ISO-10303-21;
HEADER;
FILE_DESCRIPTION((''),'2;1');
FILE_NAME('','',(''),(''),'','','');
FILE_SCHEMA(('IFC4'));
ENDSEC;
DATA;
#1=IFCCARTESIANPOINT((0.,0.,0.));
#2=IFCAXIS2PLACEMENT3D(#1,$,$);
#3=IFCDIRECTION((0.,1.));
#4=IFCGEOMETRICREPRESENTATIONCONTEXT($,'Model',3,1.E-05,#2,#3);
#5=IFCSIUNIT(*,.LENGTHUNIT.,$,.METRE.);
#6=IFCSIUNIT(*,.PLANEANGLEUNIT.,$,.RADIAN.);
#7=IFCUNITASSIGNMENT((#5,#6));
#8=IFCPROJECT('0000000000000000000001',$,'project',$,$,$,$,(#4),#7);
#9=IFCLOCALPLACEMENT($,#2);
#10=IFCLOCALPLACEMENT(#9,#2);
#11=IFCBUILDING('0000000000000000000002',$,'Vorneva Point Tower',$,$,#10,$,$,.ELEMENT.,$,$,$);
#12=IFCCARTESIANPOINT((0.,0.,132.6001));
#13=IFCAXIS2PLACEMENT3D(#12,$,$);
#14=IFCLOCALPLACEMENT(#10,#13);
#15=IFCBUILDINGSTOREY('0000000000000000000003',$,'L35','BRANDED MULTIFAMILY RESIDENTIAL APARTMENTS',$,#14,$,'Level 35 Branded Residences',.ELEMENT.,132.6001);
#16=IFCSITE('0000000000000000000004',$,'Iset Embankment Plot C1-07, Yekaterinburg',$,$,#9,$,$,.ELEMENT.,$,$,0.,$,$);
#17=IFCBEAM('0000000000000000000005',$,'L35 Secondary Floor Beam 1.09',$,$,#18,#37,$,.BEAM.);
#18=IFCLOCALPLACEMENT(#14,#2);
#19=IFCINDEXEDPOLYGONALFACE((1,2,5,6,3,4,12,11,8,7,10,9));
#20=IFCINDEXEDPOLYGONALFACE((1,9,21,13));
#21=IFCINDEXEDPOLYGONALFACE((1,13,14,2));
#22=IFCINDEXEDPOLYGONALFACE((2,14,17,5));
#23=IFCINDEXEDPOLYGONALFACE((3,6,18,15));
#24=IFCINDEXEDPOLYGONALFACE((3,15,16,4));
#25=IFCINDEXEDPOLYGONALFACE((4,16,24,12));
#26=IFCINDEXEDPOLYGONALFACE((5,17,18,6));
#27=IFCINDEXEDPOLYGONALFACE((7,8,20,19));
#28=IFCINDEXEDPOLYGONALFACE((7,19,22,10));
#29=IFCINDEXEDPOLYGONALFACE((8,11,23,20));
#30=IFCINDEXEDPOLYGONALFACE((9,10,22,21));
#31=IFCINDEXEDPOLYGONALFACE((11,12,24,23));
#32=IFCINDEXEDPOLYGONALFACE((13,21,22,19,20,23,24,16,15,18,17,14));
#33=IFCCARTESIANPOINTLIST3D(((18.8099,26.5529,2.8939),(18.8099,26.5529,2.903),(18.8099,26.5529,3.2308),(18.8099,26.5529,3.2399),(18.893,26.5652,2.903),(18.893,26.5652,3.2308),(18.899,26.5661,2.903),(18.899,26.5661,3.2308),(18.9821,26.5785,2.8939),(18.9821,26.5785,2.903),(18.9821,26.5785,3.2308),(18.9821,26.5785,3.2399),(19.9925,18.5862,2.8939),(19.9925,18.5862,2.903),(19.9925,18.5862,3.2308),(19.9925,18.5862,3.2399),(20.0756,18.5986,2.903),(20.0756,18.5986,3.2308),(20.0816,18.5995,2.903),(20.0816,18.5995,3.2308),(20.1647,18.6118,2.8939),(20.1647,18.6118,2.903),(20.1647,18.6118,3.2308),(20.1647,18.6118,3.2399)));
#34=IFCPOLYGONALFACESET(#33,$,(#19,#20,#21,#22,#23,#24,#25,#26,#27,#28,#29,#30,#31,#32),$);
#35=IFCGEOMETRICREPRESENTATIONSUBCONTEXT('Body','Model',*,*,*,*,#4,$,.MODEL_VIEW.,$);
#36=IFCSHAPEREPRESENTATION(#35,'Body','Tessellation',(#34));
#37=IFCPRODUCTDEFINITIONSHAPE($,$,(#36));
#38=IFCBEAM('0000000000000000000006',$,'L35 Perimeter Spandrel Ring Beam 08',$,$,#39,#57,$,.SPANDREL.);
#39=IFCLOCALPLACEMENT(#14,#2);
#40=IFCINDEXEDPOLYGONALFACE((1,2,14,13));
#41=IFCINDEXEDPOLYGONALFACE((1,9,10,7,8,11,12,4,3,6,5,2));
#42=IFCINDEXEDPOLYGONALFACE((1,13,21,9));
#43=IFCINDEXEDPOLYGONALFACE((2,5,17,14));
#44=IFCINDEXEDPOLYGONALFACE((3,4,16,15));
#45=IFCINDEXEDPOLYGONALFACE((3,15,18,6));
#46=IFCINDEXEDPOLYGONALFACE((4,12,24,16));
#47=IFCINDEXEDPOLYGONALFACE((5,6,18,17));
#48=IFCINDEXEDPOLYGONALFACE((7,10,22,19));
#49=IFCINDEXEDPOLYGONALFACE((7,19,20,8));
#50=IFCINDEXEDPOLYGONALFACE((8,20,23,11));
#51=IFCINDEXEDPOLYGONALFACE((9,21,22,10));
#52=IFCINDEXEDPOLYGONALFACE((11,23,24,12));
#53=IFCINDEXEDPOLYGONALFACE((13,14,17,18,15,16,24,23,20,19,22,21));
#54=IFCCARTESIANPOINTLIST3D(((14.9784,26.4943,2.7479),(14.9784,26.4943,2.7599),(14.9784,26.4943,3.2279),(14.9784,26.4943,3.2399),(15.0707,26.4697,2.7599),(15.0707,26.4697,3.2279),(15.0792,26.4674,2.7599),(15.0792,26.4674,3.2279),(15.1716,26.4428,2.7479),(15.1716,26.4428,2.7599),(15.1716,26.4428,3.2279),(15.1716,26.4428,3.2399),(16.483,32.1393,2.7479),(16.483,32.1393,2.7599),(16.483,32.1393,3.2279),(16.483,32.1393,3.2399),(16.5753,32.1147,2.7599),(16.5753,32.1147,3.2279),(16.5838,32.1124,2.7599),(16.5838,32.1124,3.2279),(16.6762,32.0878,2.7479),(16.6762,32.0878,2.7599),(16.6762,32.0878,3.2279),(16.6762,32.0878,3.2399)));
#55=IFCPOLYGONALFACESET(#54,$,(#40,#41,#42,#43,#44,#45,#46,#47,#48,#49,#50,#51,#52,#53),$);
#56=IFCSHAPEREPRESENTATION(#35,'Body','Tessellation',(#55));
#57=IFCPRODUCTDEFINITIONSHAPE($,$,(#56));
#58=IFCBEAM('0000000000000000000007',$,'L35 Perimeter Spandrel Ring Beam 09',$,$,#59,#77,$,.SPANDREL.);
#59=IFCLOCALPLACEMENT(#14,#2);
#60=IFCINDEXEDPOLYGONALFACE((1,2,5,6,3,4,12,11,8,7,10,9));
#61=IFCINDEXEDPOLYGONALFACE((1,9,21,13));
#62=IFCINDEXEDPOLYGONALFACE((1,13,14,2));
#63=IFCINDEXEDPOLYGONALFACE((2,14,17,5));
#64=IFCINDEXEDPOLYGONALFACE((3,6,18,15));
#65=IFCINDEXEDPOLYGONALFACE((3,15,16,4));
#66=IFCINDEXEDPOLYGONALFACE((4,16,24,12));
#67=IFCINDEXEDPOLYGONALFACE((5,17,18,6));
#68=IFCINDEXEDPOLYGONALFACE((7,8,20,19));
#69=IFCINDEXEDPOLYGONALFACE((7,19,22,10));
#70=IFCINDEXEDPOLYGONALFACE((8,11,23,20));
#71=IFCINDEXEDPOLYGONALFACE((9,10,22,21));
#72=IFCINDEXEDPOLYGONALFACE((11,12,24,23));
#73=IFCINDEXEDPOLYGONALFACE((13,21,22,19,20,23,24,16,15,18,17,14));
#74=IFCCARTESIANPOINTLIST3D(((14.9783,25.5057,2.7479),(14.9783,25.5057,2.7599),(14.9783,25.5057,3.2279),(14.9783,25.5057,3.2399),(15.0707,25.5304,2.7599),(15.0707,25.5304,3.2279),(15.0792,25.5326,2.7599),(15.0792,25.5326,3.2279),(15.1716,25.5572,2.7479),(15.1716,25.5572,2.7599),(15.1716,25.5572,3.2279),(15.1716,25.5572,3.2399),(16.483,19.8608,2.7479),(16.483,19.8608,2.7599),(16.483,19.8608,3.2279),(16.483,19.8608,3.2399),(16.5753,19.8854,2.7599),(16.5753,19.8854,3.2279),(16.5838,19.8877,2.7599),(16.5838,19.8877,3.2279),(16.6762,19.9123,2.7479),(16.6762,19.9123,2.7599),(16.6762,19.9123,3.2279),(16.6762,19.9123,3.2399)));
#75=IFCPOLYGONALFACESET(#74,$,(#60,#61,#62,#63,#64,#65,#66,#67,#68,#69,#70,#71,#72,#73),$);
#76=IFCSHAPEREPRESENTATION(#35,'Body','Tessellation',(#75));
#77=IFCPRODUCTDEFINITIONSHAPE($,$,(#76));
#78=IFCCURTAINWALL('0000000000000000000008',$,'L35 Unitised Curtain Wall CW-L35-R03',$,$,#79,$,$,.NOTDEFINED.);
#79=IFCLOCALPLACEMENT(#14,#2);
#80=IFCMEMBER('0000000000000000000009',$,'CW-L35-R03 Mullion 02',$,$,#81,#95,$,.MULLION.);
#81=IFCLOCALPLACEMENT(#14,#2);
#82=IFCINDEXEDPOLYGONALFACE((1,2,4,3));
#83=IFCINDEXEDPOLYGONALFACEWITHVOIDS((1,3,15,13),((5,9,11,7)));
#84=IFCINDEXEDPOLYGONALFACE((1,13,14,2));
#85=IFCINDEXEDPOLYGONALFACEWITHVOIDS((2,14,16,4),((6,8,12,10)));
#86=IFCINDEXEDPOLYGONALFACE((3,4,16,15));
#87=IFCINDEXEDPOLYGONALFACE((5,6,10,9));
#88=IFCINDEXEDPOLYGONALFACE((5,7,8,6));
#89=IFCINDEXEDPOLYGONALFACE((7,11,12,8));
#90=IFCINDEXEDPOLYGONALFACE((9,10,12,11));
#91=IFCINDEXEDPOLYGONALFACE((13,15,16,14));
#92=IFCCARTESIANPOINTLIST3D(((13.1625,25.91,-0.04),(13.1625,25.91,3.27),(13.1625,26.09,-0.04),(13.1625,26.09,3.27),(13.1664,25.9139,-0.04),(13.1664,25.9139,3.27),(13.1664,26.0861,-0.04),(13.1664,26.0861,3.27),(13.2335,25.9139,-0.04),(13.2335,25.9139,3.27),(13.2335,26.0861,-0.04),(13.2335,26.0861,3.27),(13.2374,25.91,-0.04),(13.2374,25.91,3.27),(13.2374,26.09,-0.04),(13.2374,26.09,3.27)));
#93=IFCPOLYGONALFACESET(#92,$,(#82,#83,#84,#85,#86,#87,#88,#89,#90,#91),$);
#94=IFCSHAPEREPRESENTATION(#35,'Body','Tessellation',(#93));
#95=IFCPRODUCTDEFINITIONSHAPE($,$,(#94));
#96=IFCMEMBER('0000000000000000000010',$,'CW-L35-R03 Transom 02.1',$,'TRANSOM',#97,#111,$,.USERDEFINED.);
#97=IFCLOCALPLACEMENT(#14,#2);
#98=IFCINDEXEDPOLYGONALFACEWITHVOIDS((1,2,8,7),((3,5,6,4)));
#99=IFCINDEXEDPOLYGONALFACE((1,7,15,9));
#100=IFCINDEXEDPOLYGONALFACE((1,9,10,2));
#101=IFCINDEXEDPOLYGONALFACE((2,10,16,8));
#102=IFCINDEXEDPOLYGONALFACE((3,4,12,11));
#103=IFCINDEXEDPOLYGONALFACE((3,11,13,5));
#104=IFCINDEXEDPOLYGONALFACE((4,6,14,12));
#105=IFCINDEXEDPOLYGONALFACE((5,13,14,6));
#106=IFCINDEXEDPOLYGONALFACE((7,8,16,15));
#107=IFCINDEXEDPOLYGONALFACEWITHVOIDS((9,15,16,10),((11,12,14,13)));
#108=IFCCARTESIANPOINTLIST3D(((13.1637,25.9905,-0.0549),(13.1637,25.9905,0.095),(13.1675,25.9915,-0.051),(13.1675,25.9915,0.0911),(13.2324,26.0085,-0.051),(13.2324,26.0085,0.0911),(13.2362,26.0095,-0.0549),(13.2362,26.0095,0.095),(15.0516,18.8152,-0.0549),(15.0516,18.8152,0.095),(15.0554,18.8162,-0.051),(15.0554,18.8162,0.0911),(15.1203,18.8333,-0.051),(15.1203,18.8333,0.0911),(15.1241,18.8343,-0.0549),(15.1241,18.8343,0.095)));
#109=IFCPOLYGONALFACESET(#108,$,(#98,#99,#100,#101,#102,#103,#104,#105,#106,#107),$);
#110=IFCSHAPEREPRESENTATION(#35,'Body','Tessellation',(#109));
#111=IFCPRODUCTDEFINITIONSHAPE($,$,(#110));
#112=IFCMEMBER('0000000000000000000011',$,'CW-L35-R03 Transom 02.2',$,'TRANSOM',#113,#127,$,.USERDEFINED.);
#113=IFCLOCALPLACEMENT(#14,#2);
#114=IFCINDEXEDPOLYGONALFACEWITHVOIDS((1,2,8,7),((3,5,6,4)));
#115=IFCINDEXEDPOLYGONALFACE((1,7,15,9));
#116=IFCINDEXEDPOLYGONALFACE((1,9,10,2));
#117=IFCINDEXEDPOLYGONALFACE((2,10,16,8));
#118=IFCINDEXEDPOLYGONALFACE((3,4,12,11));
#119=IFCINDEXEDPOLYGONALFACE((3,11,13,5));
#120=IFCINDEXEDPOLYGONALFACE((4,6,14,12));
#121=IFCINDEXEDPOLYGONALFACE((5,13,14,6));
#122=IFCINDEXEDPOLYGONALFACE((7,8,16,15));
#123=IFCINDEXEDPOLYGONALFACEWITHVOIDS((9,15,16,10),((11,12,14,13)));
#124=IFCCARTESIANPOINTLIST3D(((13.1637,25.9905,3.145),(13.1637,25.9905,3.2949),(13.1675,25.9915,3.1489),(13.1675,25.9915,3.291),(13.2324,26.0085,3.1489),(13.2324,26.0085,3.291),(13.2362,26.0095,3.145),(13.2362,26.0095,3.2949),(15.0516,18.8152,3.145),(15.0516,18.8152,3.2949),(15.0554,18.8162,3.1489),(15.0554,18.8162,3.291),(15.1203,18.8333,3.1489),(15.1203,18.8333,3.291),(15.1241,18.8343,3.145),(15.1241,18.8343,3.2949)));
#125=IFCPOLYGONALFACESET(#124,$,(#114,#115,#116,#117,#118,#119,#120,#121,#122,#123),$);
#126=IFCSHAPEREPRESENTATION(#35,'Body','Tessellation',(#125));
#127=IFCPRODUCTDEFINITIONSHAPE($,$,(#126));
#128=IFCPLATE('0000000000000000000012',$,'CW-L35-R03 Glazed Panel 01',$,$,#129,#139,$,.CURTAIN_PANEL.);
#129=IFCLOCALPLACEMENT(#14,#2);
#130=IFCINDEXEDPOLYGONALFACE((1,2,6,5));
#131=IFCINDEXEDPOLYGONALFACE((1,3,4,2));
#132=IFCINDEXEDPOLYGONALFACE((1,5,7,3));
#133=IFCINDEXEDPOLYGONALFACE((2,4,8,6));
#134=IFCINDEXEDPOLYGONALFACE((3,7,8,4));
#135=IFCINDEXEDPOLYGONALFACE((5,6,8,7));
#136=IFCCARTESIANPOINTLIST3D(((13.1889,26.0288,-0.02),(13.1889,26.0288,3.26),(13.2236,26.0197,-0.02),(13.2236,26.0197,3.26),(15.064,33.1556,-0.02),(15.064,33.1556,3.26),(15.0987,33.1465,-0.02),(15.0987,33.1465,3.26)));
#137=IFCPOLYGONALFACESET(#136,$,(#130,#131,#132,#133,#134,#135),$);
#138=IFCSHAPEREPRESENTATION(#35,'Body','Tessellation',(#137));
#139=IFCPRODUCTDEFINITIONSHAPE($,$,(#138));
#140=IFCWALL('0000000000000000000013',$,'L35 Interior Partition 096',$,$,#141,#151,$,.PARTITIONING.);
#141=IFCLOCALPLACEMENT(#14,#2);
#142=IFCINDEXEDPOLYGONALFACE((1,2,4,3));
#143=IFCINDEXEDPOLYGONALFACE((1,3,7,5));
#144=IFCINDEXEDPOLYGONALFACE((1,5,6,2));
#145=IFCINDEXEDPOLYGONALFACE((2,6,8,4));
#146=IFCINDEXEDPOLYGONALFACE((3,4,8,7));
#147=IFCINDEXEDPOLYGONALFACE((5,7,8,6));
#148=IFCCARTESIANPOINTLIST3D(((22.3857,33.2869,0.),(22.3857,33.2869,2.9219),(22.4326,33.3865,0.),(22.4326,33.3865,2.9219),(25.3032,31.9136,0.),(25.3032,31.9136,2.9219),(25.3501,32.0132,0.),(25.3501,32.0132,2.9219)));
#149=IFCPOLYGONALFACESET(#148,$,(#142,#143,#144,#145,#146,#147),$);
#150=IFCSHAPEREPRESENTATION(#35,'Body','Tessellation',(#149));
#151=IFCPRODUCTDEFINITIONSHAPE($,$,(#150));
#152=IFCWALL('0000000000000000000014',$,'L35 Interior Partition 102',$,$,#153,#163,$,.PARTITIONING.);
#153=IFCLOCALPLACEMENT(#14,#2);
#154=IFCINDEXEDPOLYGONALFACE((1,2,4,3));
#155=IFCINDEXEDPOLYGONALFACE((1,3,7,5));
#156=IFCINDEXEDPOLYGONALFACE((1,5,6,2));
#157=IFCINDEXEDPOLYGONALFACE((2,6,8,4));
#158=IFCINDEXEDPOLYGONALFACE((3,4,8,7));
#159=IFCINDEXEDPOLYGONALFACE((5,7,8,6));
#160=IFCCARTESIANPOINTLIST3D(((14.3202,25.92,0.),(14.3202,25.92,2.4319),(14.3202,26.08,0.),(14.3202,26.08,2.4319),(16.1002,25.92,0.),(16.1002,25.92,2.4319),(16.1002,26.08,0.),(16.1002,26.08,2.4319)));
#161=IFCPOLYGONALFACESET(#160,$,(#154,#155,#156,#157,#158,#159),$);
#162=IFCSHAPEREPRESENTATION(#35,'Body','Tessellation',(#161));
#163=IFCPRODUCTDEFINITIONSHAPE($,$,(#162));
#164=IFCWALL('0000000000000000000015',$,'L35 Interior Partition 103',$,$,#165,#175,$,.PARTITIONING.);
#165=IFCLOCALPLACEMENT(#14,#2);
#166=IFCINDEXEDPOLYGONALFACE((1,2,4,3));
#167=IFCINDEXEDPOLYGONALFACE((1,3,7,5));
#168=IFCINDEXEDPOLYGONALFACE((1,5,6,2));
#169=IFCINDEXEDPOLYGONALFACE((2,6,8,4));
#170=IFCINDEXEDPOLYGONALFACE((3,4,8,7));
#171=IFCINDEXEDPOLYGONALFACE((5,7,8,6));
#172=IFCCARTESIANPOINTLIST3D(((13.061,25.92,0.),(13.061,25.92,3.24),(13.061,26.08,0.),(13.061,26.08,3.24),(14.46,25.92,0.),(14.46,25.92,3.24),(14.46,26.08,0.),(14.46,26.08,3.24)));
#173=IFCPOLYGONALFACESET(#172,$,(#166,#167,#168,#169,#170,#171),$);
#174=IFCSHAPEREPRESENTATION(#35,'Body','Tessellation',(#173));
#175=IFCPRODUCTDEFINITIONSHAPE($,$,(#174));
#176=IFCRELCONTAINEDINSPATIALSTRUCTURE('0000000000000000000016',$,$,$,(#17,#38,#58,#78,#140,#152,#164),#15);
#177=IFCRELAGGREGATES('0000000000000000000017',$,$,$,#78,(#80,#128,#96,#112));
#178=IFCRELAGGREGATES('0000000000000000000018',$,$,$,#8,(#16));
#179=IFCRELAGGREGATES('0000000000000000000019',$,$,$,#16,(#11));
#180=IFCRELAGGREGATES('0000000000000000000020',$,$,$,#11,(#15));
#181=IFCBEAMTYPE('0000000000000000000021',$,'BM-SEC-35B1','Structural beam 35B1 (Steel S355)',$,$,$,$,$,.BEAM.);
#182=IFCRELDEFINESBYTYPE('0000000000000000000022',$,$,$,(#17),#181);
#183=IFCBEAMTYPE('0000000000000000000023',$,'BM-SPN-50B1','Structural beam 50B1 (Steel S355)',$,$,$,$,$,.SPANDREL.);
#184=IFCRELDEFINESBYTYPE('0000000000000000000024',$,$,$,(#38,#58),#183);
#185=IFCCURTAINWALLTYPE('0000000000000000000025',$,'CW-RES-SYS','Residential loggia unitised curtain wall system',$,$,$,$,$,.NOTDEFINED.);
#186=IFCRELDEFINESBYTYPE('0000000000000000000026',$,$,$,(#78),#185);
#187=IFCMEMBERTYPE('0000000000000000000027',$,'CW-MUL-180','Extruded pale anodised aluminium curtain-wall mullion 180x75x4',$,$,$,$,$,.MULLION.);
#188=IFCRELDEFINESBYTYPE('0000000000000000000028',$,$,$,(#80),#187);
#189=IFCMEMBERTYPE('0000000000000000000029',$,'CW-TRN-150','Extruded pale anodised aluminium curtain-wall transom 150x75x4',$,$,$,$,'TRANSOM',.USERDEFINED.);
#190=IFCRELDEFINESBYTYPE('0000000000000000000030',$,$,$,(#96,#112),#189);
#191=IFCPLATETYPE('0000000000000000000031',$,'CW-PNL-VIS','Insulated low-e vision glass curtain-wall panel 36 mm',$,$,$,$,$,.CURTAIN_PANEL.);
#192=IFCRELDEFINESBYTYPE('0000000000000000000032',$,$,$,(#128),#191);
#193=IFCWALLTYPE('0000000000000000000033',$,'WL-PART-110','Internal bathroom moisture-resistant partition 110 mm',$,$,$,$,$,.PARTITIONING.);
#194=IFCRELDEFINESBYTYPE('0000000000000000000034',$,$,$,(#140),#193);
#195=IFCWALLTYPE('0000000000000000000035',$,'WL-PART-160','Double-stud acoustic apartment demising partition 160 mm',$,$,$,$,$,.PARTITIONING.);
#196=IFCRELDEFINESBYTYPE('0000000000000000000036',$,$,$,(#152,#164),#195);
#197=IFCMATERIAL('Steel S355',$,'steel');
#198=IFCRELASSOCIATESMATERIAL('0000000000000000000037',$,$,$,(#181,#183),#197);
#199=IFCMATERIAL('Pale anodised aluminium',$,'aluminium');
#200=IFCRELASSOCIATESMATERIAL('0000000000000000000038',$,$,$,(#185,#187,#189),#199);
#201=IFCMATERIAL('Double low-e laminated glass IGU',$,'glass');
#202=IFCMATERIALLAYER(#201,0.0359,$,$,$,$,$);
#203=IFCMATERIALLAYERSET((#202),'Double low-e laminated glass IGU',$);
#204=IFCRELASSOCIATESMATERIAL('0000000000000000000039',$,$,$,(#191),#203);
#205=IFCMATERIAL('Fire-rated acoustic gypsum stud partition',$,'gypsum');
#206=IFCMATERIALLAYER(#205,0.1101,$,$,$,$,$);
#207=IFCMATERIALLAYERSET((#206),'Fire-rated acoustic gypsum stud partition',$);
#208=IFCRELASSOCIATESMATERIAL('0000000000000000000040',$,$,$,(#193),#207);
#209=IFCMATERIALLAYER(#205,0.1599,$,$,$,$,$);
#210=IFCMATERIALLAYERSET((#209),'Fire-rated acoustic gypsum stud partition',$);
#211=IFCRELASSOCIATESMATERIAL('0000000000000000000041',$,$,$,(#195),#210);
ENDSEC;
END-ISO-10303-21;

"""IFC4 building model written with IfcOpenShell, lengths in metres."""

from ifc_helpers import new_model, si_unit, direction, frame, frame_2d, origin, origin_2d, place, context, subcontext, project, spatial, rectangle, hollow_rectangle, i_section, extrude, material, layer, layer_set, material_profile, profile_set, type_object, element, aggregate, save


model = new_model("IFC4")

# Units and contexts
model_context = context("Model", 3, precision=1e-05, world=origin(), true_north=direction((0.0, 1.0)))
body_context = subcontext(model_context, "Body", "Model", "MODEL_VIEW")
ifc_project = project(units=[si_unit("LENGTHUNIT", "METRE"), si_unit("PLANEANGLEUNIT", "RADIAN")], contexts=[model_context])

# Site, building, storey
site_placement = place(None, origin())
site = spatial("IfcSite", under=ifc_project, at=site_placement, Name="Iset Embankment Plot C1-07, Yekaterinburg", CompositionType="ELEMENT", RefElevation=0.0)
building_placement = place(site_placement, origin())
building = spatial("IfcBuilding", under=site, at=building_placement, Name="Vorneva Point Tower", CompositionType="ELEMENT")
storey_placement = place(building_placement, frame((0.0, 0.0, 132.6001)))
storey = spatial("IfcBuildingStorey", under=building, at=storey_placement, Name="L35", Description="BRANDED MULTIFAMILY RESIDENTIAL APARTMENTS", LongName="Level 35 Branded Residences", CompositionType="ELEMENT", Elevation=132.6001)

# Beams
ifc_material_1 = material(Name="Steel S355", Category="steel")
ifc_material_profile_1 = material_profile(ifc_material_1, i_section(OverallWidth=0.1741, OverallDepth=0.3459, WebThickness=0.0061, FlangeThickness=0.009, at=origin_2d()), Name="35B1")
ifc_profile_set_1 = profile_set([ifc_material_profile_1], Name="Steel S355")
beam_type_1 = type_object("IfcBeamType", Name="BM-SEC-35B1", Description="Structural beam 35B1 (Steel S355)", PredefinedType="BEAM", material=ifc_profile_set_1)
beam_1_placement = place(storey_placement, frame((18.896, 26.5657, 3.0669), z_axis=(0.146839, -0.98916, 0.0), x_axis=(0.98916, 0.146839, 0.0)))
element("IfcBeam", 1, at=beam_1_placement, inside=storey, type_object=beam_type_1, Name="L35 Secondary Floor Beam 1.09", PredefinedType="BEAM", context=body_context, shape_type="SweptSolid", body=[
    extrude(i_section(OverallWidth=0.1741, OverallDepth=0.3459, WebThickness=0.0061, FlangeThickness=0.009, at=origin_2d()), origin(), (0.0, 0.0, 1.0), 8.054),
])
ifc_material_profile_2 = material_profile(ifc_material_1, i_section(OverallWidth=0.2, OverallDepth=0.4919, WebThickness=0.0088, FlangeThickness=0.012, at=origin_2d()), Name="50B1")
ifc_profile_set_2 = profile_set([ifc_material_profile_2], Name="Steel S355")
beam_type_2 = type_object("IfcBeamType", Name="BM-SPN-50B1", Description="Structural beam 50B1 (Steel S355)", PredefinedType="SPANDREL", material=ifc_profile_set_2)
for number, where, z_axis, x_axis, name in (
    (2, (16.5796, 32.1135, 2.9939), (-0.257551, -0.966265, 0.0), (0.966265, -0.257551, 0.0), "L35 Perimeter Spandrel Ring Beam 08"),
    (3, (15.075, 25.5315, 2.9939), (0.257551, -0.966265, 0.0), (0.966265, 0.257551, 0.0), "L35 Perimeter Spandrel Ring Beam 09"),
):
    element("IfcBeam", number, at=place(storey_placement, frame(where, z_axis=z_axis, x_axis=x_axis)), inside=storey, type_object=beam_type_2, Name=name, PredefinedType="SPANDREL", context=body_context, shape_type="SweptSolid", body=[
        extrude(i_section(OverallWidth=0.2, OverallDepth=0.4919, WebThickness=0.0088, FlangeThickness=0.012, at=origin_2d()), origin(), (0.0, 0.0, 1.0), 5.842),
    ])

# Curtain wall, members, plate
ifc_material_2 = material(Name="Pale anodised aluminium", Category="aluminium")
curtain_wall_type = type_object("IfcCurtainWallType", Name="CW-RES-SYS", Description="Residential loggia unitised curtain wall system", PredefinedType="NOTDEFINED", material=ifc_material_2)
curtain_wall_placement = place(storey_placement, origin())
curtain_wall = element("IfcCurtainWall", 4, at=curtain_wall_placement, inside=storey, type_object=curtain_wall_type, Name="L35 Unitised Curtain Wall CW-L35-R03", PredefinedType="NOTDEFINED")
ifc_material_profile_3 = material_profile(ifc_material_2, hollow_rectangle(XDim=0.075, YDim=0.1799, WallThickness=0.0039, at=origin_2d()), Name="AL-MUL 180x75x4")
ifc_profile_set_3 = profile_set([ifc_material_profile_3], Name="Pale anodised aluminium")
member_type_1 = type_object("IfcMemberType", Name="CW-MUL-180", Description="Extruded pale anodised aluminium curtain-wall mullion 180x75x4", PredefinedType="MULLION", material=ifc_profile_set_3)
member_1_placement = place(storey_placement, frame((13.2, 26.0, -0.04), z_axis=(0.0, 0.0, 1.0), x_axis=(1.0, 0.0, 0.0)))
member_1 = element("IfcMember", 5, at=member_1_placement, type_object=member_type_1, Name="CW-L35-R03 Mullion 02", PredefinedType="MULLION", context=body_context, shape_type="SweptSolid", body=[
    extrude(hollow_rectangle(XDim=0.075, YDim=0.1799, WallThickness=0.0039, at=origin_2d()), origin(), (0.0, 0.0, 1.0), 3.3101),
])
ifc_material_profile_4 = material_profile(ifc_material_2, hollow_rectangle(XDim=0.075, YDim=0.1499, WallThickness=0.0039, at=origin_2d()), Name="AL-TRN 150x75x4")
ifc_profile_set_4 = profile_set([ifc_material_profile_4], Name="Pale anodised aluminium")
member_type_2 = type_object("IfcMemberType", Name="CW-TRN-150", Description="Extruded pale anodised aluminium curtain-wall transom 150x75x4", ElementType="TRANSOM", PredefinedType="USERDEFINED", material=ifc_profile_set_4)
member_2_placement = place(storey_placement, frame((13.2, 26.0, 0.02), z_axis=(0.254456, -0.967084, 0.0), x_axis=(0.967084, 0.254456, 0.0)))
member_2 = element("IfcMember", 6, at=member_2_placement, type_object=member_type_2, Name="CW-L35-R03 Transom 02.1", ObjectType="TRANSOM", PredefinedType="USERDEFINED", context=body_context, shape_type="SweptSolid", body=[
    extrude(hollow_rectangle(XDim=0.075, YDim=0.1499, WallThickness=0.0039, at=origin_2d()), origin(), (0.0, 0.0, 1.0), 7.4194),
])
member_3_placement = place(storey_placement, frame((13.2, 26.0, 3.22), z_axis=(0.254456, -0.967084, 0.0), x_axis=(0.967084, 0.254456, 0.0)))
member_3 = element("IfcMember", 7, at=member_3_placement, type_object=member_type_2, Name="CW-L35-R03 Transom 02.2", ObjectType="TRANSOM", PredefinedType="USERDEFINED", context=body_context, shape_type="SweptSolid", body=[
    extrude(hollow_rectangle(XDim=0.075, YDim=0.1499, WallThickness=0.0039, at=origin_2d()), origin(), (0.0, 0.0, 1.0), 7.4194),
])
ifc_material_3 = material(Name="Double low-e laminated glass IGU", Category="glass")
ifc_layer_1 = layer(ifc_material_3, 0.0359)
ifc_layer_set_1 = layer_set([ifc_layer_1], Name="Double low-e laminated glass IGU")
plate_type = type_object("IfcPlateType", Name="CW-PNL-VIS", Description="Insulated low-e vision glass curtain-wall panel 36 mm", PredefinedType="CURTAIN_PANEL", material=ifc_layer_set_1)
plate_placement = place(storey_placement, frame((14.1438, 29.5876, -0.02), z_axis=(0.0, 0.0, 1.0), x_axis=(-0.254433, -0.96709, 0.0)))
plate = element("IfcPlate", 8, at=plate_placement, type_object=plate_type, Name="CW-L35-R03 Glazed Panel 01", PredefinedType="CURTAIN_PANEL", context=body_context, shape_type="SweptSolid", body=[
    extrude(rectangle(XDim=7.3694, YDim=0.0359, at=origin_2d()), origin(), (0.0, 0.0, 1.0), 3.28),
])
aggregate(curtain_wall, [member_1, plate, member_2, member_3])

# Walls
ifc_material_4 = material(Name="Fire-rated acoustic gypsum stud partition", Category="gypsum")
ifc_layer_2 = layer(ifc_material_4, 0.1101)
ifc_layer_set_2 = layer_set([ifc_layer_2], Name="Fire-rated acoustic gypsum stud partition")
wall_type_1 = type_object("IfcWallType", Name="WL-PART-110", Description="Internal bathroom moisture-resistant partition 110 mm", PredefinedType="PARTITIONING", material=ifc_layer_set_2)
wall_1_placement = place(storey_placement, frame((25.3267, 31.9634, 0.0), z_axis=(0.0, 0.0, 1.0), x_axis=(-0.904776, 0.425888, 0.0)))
element("IfcWall", 9, at=wall_1_placement, inside=storey, type_object=wall_type_1, Name="L35 Interior Partition 096", PredefinedType="PARTITIONING", context=body_context, shape_type="SweptSolid", body=[
    extrude(rectangle(XDim=3.2246, YDim=0.1101, at=frame_2d((1.6123, 0.0))), origin(), (0.0, 0.0, 1.0), 2.9219),
])
ifc_layer_3 = layer(ifc_material_4, 0.1599)
ifc_layer_set_3 = layer_set([ifc_layer_3], Name="Fire-rated acoustic gypsum stud partition")
wall_type_2 = type_object("IfcWallType", Name="WL-PART-160", Description="Double-stud acoustic apartment demising partition 160 mm", PredefinedType="PARTITIONING", material=ifc_layer_set_3)
wall_2_placement = place(storey_placement, frame((14.3201, 26.0, 0.0), z_axis=(0.0, 0.0, 1.0), x_axis=(1.0, 0.0, 0.0)))
element("IfcWall", 10, at=wall_2_placement, inside=storey, type_object=wall_type_2, Name="L35 Interior Partition 102", PredefinedType="PARTITIONING", context=body_context, shape_type="SweptSolid", body=[
    extrude(rectangle(XDim=1.78, YDim=0.1599, at=frame_2d((0.8901, 0.0))), origin(), (0.0, 0.0, 1.0), 2.4319),
])
wall_3_placement = place(storey_placement, frame((13.061, 26.0, 0.0), z_axis=(0.0, 0.0, 1.0), x_axis=(1.0, 0.0, 0.0)))
element("IfcWall", 11, at=wall_3_placement, inside=storey, type_object=wall_type_2, Name="L35 Interior Partition 103", PredefinedType="PARTITIONING", context=body_context, shape_type="SweptSolid", body=[
    extrude(rectangle(XDim=1.3989, YDim=0.1599, at=frame_2d((0.6995, 0.0))), origin(), (0.0, 0.0, 1.0), 3.24),
])

save(model, "model.ifc")
